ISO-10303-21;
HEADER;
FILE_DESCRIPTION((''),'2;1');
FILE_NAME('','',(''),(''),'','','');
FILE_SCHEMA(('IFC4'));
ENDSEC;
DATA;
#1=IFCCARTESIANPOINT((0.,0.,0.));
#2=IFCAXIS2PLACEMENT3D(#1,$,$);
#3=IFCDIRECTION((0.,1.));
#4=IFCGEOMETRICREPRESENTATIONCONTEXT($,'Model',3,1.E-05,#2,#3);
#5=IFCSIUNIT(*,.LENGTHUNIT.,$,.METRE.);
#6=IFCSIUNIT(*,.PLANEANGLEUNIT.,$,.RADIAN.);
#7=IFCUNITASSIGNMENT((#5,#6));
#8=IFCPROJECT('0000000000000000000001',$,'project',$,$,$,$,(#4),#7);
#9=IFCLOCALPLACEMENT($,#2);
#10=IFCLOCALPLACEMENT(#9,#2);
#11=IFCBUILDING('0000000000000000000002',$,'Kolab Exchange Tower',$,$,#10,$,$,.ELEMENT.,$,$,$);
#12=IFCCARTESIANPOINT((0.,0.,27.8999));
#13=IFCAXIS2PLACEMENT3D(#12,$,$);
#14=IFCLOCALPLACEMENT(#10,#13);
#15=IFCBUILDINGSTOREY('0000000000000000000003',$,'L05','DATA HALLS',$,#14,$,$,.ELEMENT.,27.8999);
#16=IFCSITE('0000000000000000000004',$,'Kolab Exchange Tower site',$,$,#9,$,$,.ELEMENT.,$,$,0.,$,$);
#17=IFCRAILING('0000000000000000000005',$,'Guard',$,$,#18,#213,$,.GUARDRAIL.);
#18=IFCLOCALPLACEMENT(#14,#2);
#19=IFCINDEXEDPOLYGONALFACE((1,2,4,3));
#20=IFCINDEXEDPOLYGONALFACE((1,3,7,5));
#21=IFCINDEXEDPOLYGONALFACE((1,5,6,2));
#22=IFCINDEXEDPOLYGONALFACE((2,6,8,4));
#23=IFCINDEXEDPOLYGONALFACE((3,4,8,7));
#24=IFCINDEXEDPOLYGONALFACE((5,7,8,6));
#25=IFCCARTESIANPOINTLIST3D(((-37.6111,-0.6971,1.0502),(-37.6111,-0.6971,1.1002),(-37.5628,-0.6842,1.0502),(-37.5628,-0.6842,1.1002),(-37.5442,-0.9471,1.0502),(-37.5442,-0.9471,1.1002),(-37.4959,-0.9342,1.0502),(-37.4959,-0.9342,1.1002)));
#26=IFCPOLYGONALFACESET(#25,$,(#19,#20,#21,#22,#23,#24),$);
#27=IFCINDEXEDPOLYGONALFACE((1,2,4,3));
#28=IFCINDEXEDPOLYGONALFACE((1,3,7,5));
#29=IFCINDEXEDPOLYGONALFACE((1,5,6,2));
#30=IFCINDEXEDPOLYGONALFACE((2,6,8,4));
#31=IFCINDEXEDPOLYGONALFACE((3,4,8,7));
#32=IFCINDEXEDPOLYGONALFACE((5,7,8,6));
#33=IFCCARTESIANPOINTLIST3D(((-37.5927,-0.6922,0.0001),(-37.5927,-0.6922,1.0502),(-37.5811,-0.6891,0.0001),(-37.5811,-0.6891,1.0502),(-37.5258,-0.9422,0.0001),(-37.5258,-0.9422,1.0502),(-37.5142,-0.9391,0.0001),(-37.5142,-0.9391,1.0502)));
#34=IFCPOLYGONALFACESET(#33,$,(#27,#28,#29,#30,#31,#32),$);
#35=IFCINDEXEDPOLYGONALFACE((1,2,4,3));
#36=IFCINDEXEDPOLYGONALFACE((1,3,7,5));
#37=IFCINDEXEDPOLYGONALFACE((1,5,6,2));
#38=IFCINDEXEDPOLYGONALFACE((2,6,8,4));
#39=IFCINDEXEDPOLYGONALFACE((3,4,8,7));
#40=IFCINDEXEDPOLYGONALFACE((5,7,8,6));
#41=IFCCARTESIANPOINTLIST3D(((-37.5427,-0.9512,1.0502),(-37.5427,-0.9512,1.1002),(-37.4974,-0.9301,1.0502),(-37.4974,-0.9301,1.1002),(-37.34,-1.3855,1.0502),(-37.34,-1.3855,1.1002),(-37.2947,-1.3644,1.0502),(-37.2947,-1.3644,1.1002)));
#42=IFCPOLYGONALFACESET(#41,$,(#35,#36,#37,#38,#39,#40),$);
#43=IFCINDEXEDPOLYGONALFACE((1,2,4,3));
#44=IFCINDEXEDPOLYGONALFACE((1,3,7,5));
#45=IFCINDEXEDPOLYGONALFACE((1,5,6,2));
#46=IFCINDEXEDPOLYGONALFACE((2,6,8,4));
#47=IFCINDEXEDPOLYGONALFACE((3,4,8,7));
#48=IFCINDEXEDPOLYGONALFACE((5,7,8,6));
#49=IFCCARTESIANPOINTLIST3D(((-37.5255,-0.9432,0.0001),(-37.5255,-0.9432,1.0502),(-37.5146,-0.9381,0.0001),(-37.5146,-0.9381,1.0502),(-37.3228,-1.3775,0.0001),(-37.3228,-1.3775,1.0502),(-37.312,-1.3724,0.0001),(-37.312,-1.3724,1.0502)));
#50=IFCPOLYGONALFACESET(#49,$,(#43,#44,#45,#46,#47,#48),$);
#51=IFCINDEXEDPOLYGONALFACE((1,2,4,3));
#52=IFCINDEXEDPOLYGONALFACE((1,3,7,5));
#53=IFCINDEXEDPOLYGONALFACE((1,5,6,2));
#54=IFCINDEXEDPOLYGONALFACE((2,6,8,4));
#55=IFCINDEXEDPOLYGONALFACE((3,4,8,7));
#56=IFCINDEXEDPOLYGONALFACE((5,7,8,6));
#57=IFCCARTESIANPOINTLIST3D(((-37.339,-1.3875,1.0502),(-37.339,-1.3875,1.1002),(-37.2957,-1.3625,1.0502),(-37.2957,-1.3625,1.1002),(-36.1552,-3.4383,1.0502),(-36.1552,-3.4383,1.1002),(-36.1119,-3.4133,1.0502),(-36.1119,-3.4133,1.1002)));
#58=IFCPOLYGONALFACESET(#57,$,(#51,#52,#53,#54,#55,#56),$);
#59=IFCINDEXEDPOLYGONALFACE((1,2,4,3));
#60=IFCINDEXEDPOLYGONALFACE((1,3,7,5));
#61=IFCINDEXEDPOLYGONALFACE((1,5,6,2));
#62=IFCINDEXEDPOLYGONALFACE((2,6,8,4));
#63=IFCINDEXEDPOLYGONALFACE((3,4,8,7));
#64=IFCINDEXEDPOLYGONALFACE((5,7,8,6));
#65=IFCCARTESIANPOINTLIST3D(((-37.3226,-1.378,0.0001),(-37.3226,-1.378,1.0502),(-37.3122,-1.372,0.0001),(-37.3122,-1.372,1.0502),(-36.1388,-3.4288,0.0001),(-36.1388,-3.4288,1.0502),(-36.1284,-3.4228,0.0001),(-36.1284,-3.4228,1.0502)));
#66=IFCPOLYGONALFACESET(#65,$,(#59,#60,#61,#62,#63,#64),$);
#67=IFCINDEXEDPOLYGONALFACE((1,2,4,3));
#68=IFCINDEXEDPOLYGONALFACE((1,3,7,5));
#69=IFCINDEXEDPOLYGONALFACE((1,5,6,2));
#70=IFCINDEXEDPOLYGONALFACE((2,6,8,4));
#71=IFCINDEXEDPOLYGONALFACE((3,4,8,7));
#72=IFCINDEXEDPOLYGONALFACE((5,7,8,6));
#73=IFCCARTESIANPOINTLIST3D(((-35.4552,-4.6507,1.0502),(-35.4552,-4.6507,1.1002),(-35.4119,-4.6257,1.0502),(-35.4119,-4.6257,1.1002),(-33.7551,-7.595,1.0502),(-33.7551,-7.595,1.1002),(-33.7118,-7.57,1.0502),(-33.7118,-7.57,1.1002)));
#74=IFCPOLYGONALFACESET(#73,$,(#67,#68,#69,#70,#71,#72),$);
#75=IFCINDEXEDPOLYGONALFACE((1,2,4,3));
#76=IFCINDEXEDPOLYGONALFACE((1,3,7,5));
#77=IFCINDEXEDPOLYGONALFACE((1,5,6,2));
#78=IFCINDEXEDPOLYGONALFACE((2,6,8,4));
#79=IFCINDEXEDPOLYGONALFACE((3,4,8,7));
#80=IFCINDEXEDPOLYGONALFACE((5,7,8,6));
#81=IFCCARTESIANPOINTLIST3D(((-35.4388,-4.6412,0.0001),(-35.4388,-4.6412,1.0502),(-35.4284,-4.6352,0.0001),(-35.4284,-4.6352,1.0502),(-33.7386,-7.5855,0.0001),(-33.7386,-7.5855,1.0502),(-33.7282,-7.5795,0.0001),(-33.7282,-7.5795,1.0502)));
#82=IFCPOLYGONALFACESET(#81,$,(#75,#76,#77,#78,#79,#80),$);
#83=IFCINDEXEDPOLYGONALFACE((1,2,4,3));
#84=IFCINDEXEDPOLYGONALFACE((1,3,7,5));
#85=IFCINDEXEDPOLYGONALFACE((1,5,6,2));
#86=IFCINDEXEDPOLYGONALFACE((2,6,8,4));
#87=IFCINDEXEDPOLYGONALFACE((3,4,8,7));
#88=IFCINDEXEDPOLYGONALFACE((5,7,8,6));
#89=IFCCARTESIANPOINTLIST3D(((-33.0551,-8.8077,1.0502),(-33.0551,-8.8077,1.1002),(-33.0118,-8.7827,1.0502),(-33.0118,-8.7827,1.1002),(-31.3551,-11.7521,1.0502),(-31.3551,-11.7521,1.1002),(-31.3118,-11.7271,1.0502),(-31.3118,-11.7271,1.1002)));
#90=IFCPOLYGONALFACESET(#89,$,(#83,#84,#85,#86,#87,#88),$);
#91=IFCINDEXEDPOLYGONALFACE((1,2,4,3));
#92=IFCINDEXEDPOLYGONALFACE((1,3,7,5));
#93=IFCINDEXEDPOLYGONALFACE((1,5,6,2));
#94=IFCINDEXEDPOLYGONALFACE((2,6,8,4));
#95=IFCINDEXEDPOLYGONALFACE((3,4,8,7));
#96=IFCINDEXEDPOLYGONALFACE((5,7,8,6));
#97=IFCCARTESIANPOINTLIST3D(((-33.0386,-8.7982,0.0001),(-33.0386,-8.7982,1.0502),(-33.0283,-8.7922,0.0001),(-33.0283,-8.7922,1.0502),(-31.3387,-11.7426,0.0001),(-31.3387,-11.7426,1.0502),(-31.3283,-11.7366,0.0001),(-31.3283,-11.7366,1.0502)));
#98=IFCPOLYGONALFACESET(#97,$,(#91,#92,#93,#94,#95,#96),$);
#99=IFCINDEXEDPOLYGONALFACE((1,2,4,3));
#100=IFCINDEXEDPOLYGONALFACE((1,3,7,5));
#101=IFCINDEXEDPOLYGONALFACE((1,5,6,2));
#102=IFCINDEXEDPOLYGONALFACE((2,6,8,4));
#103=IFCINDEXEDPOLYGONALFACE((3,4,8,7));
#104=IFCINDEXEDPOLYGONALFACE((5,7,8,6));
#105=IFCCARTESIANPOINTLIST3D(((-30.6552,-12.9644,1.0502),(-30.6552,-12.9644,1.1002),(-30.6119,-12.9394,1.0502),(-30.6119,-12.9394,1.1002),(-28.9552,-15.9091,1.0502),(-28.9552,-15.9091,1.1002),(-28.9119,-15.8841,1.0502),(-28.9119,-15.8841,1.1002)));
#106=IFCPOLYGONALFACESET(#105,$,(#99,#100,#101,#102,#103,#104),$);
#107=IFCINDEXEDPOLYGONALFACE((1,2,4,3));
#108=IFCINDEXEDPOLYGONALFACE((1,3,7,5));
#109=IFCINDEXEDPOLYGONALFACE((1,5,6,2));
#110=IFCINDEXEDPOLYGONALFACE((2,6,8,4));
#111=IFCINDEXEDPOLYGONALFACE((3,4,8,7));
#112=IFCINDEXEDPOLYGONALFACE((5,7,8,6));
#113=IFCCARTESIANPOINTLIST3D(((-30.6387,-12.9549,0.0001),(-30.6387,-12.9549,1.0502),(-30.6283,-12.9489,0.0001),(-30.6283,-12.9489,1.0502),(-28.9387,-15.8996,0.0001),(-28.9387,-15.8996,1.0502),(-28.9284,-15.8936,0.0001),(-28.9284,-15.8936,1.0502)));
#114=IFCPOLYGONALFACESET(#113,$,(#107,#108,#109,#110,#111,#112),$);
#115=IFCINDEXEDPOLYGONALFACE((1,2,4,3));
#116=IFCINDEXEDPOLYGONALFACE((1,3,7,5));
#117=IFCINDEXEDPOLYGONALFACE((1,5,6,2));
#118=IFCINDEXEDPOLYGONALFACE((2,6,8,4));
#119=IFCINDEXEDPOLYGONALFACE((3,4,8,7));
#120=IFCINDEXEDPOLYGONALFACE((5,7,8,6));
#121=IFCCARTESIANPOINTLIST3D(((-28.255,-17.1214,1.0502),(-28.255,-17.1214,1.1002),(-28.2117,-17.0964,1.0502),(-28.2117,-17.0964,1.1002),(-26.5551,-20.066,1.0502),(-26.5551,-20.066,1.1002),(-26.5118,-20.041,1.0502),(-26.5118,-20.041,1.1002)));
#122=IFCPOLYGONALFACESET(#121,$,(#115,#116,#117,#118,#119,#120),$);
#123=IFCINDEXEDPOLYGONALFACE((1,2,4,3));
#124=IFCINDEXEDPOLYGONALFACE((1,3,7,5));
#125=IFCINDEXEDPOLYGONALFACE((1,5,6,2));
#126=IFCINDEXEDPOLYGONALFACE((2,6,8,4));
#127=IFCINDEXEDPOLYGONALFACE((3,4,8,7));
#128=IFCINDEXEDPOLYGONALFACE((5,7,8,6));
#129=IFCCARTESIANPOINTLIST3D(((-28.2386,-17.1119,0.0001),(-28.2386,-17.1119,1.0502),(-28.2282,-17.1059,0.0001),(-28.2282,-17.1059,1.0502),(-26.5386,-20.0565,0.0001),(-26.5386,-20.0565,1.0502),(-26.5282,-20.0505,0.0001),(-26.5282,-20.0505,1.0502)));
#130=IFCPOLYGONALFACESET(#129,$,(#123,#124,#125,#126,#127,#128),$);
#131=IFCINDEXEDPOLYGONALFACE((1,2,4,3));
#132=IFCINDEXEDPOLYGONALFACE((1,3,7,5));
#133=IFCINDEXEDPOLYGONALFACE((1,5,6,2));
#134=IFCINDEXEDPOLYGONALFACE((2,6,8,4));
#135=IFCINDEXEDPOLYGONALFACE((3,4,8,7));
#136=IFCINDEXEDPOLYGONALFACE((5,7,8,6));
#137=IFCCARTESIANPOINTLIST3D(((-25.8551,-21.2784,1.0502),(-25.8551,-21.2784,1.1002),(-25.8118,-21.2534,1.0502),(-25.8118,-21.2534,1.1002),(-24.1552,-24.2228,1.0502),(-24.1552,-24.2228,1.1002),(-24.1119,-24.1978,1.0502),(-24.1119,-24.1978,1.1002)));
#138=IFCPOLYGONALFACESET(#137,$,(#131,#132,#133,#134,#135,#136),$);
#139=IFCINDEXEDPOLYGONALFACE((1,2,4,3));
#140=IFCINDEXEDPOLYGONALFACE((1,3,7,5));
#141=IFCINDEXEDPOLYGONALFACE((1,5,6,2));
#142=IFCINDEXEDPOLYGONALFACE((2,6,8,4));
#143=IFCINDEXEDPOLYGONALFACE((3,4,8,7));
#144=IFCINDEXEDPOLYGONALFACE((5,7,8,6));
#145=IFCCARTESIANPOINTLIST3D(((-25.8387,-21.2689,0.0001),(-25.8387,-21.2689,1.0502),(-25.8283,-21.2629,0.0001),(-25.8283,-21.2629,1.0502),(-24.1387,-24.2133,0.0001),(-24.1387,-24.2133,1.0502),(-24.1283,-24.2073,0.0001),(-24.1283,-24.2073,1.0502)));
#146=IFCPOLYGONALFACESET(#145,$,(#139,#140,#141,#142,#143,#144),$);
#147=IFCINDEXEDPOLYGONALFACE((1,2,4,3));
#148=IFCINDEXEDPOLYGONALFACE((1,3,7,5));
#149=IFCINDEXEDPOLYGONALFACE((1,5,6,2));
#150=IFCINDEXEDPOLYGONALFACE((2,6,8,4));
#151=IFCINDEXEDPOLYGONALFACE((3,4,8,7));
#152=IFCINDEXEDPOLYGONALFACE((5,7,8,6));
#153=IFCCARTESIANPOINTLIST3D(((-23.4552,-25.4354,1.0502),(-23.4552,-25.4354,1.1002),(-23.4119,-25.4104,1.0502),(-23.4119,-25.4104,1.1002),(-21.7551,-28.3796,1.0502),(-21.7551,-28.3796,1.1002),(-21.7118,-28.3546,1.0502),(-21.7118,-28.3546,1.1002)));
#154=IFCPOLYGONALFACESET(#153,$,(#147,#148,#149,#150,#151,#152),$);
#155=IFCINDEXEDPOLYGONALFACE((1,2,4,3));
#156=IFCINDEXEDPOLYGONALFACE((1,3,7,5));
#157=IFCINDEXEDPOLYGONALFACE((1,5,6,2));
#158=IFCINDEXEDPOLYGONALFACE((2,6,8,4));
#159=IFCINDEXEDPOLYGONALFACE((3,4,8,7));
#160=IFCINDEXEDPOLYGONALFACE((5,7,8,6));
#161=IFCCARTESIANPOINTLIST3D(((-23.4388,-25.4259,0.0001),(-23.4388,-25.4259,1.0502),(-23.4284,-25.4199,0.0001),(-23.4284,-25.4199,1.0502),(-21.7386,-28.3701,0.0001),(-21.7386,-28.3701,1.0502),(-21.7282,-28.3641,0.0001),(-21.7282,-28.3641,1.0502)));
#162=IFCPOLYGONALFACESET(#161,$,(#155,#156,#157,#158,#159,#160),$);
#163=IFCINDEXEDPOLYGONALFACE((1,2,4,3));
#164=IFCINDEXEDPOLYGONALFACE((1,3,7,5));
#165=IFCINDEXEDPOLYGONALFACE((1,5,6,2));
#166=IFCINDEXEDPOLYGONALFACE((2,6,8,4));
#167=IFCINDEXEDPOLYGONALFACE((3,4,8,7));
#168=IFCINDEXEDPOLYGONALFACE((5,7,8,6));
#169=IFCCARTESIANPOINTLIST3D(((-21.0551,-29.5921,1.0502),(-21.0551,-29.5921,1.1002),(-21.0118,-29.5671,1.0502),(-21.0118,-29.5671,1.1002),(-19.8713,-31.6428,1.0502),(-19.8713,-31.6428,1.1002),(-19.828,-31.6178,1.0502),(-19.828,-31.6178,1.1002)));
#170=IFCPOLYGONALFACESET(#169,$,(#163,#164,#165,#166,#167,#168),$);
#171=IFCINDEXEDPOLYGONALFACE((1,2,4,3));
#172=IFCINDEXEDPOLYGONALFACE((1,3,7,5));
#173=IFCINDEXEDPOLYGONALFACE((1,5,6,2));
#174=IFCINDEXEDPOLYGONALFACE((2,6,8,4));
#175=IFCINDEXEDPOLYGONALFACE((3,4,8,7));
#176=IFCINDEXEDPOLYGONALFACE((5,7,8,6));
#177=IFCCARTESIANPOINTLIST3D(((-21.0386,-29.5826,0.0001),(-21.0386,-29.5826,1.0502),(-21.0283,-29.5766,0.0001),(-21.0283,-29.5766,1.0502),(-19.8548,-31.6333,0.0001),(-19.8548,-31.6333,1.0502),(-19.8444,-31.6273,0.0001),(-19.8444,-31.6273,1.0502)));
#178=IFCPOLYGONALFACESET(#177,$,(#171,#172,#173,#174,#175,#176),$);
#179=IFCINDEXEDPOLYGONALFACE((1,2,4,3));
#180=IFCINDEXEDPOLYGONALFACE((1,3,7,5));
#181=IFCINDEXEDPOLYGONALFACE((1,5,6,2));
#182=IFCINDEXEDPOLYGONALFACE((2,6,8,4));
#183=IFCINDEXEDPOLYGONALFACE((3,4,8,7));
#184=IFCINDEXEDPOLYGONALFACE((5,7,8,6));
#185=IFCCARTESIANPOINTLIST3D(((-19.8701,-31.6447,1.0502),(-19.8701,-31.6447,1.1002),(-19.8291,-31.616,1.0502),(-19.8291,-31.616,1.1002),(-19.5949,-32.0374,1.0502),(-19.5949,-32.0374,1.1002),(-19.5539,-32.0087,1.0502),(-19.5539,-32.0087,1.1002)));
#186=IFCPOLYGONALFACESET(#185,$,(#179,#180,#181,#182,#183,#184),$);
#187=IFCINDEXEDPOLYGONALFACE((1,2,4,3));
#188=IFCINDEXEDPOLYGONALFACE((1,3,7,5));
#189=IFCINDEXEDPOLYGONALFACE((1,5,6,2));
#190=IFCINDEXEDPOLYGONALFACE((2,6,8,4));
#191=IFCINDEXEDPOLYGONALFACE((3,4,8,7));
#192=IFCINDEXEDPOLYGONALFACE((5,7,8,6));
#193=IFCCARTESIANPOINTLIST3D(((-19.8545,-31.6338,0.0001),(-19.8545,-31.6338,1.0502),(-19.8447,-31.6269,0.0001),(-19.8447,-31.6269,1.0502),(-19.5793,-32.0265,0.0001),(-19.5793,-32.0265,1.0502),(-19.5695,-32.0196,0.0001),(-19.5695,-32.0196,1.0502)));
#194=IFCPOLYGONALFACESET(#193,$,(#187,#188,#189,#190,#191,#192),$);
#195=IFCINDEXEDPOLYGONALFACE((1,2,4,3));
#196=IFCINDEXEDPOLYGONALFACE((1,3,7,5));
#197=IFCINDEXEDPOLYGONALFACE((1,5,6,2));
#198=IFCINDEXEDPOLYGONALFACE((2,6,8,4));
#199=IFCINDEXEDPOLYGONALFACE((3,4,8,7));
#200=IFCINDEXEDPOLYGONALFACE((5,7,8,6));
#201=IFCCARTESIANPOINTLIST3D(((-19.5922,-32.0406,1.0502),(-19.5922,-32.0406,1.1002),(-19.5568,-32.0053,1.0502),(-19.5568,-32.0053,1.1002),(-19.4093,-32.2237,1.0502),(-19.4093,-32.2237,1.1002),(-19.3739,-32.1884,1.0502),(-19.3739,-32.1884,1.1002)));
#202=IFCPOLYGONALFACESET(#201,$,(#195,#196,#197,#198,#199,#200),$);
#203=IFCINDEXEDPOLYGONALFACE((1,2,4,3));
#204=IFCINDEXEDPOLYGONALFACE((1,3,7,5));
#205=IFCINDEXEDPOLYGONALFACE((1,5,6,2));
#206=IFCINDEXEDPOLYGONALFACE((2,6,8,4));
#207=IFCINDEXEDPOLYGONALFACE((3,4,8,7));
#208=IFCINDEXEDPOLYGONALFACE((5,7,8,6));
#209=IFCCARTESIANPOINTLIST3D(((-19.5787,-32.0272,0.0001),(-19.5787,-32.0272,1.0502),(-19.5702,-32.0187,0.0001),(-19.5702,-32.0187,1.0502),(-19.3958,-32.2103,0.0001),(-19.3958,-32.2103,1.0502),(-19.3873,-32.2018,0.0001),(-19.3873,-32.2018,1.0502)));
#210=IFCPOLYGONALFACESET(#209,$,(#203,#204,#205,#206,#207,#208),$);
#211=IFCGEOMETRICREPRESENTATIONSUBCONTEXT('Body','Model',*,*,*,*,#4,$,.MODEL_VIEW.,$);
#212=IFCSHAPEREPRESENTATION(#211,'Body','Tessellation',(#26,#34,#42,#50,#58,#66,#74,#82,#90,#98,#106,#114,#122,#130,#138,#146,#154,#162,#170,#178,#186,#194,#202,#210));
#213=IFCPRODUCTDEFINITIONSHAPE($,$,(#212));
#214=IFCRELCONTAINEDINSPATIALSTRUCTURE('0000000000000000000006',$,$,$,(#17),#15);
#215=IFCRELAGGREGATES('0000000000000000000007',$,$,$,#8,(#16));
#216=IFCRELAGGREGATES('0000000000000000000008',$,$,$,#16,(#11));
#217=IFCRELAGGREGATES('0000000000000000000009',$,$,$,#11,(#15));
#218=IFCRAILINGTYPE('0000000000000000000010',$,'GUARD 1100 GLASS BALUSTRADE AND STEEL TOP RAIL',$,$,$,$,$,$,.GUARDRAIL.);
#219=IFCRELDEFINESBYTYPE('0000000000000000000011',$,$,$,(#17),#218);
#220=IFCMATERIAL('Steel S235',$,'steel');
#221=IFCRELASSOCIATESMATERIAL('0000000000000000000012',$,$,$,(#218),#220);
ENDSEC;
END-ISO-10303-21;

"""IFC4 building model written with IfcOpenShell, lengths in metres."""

from ifc_helpers import new_model, si_unit, direction, frame, frame_2d, origin, origin_2d, place, context, subcontext, project, spatial, rectangle, extrude, material, type_object, element, save


model = new_model("IFC4")

# Units and contexts
model_context = context("Model", 3, precision=1e-05, world=origin(), true_north=direction((0.0, 1.0)))
body_context = subcontext(model_context, "Body", "Model", "MODEL_VIEW")
ifc_project = project(units=[si_unit("LENGTHUNIT", "METRE"), si_unit("PLANEANGLEUNIT", "RADIAN")], contexts=[model_context])

# Site, building, storey
site_placement = place(None, origin())
site = spatial("IfcSite", under=ifc_project, at=site_placement, Name="Kolab Exchange Tower site", CompositionType="ELEMENT", RefElevation=0.0)
building_placement = place(site_placement, origin())
building = spatial("IfcBuilding", under=site, at=building_placement, Name="Kolab Exchange Tower", CompositionType="ELEMENT")
storey_placement = place(building_placement, frame((0.0, 0.0, 27.8999)))
storey = spatial("IfcBuildingStorey", under=building, at=storey_placement, Name="L05", Description="DATA HALLS", CompositionType="ELEMENT", Elevation=27.8999)

# Railing
ifc_material_1 = material(Name="Steel S235", Category="steel")
railing_type = type_object("IfcRailingType", Name="GUARD 1100 GLASS BALUSTRADE AND STEEL TOP RAIL", PredefinedType="GUARDRAIL", material=ifc_material_1)
railing_placement = place(storey_placement, frame((-37.5869, -0.6907, 0.0)))
element("IfcRailing", 1, at=railing_placement, inside=storey, type_object=railing_type, Name="Guard", PredefinedType="GUARDRAIL", context=body_context, shape_type="SweptSolid", body=[
    extrude(rectangle(XDim=0.05, YDim=0.05, at=origin_2d()), frame((0.0, 0.0, 1.0752), z_axis=(0.258485, -0.966015, 0.0), x_axis=(0.966015, 0.258485, 0.0)), (0.0, 0.0, 1.0), 0.2588),
    extrude(rectangle(XDim=0.012, YDim=1.0501, at=frame_2d((0.0, 0.5251))), frame((0.0, 0.0, 0.0), z_axis=(0.258485, -0.966015, 0.0), x_axis=(0.966015, 0.258485, 0.0)), (0.0, 0.0, 1.0), 0.2588),
    extrude(rectangle(XDim=0.05, YDim=0.05, at=origin_2d()), frame((0.0669, -0.25, 1.0752), z_axis=(0.422802, -0.906222, 0.0), x_axis=(0.906222, 0.422802, 0.0)), (0.0, 0.0, 1.0), 0.4792),
    extrude(rectangle(XDim=0.012, YDim=1.0501, at=frame_2d((0.0, 0.5251))), frame((0.0669, -0.25, 0.0), z_axis=(0.422802, -0.906222, 0.0), x_axis=(0.906222, 0.422802, 0.0)), (0.0, 0.0, 1.0), 0.4792),
    extrude(rectangle(XDim=0.05, YDim=0.05, at=origin_2d()), frame((0.2695, -0.6843, 1.0752), z_axis=(0.499943, -0.866059, 0.0), x_axis=(0.866059, 0.499943, 0.0)), (0.0, 0.0, 1.0), 2.3679),
    extrude(rectangle(XDim=0.012, YDim=1.0501, at=frame_2d((0.0, 0.5251))), frame((0.2695, -0.6843, 0.0), z_axis=(0.499943, -0.866059, 0.0), x_axis=(0.866059, 0.499943, 0.0)), (0.0, 0.0, 1.0), 2.3679),
    extrude(rectangle(XDim=0.05, YDim=0.05, at=origin_2d()), frame((2.1533, -3.9475, 1.0752), z_axis=(0.500062, -0.865989, 0.0), x_axis=(0.865989, 0.500062, 0.0)), (0.0, 0.0, 1.0), 3.3999),
    extrude(rectangle(XDim=0.012, YDim=1.0501, at=frame_2d((0.0, 0.5251))), frame((2.1533, -3.9475, 0.0), z_axis=(0.500062, -0.865989, 0.0), x_axis=(0.865989, 0.500062, 0.0)), (0.0, 0.0, 1.0), 3.3999),
    extrude(rectangle(XDim=0.05, YDim=0.05, at=origin_2d()), frame((4.5535, -8.1045, 1.0752), z_axis=(0.500008, -0.866021, 0.0), x_axis=(0.866021, 0.500008, 0.0)), (0.0, 0.0, 1.0), 3.3999),
    extrude(rectangle(XDim=0.012, YDim=1.0501, at=frame_2d((0.0, 0.5251))), frame((4.5535, -8.1045, 0.0), z_axis=(0.500008, -0.866021, 0.0), x_axis=(0.866021, 0.500008, 0.0)), (0.0, 0.0, 1.0), 3.3999),
    extrude(rectangle(XDim=0.05, YDim=0.05, at=origin_2d()), frame((6.9534, -12.2612, 1.0752), z_axis=(0.499977, -0.866039, 0.0), x_axis=(0.866039, 0.499977, 0.0)), (0.0, 0.0, 1.0), 3.4001),
    extrude(rectangle(XDim=0.012, YDim=1.0501, at=frame_2d((0.0, 0.5251))), frame((6.9534, -12.2612, 0.0), z_axis=(0.499977, -0.866039, 0.0), x_axis=(0.866039, 0.499977, 0.0)), (0.0, 0.0, 1.0), 3.4001),
    extrude(rectangle(XDim=0.05, YDim=0.05, at=origin_2d()), frame((9.3535, -16.4182, 1.0752), z_axis=(0.499977, -0.866039, 0.0), x_axis=(0.866039, 0.499977, 0.0)), (0.0, 0.0, 1.0), 3.4001),
    extrude(rectangle(XDim=0.012, YDim=1.0501, at=frame_2d((0.0, 0.5251))), frame((9.3535, -16.4182, 0.0), z_axis=(0.499977, -0.866039, 0.0), x_axis=(0.866039, 0.499977, 0.0)), (0.0, 0.0, 1.0), 3.4001),
    extrude(rectangle(XDim=0.05, YDim=0.05, at=origin_2d()), frame((11.7534, -20.5752, 1.0752), z_axis=(0.500008, -0.866021, 0.0), x_axis=(0.866021, 0.500008, 0.0)), (0.0, 0.0, 1.0), 3.3999),
    extrude(rectangle(XDim=0.012, YDim=1.0501, at=frame_2d((0.0, 0.5251))), frame((11.7534, -20.5752, 0.0), z_axis=(0.500008, -0.866021, 0.0), x_axis=(0.866021, 0.500008, 0.0)), (0.0, 0.0, 1.0), 3.3999),
    extrude(rectangle(XDim=0.05, YDim=0.05, at=origin_2d()), frame((14.1533, -24.7322, 1.0752), z_axis=(0.500062, -0.865989, 0.0), x_axis=(0.865989, 0.500062, 0.0)), (0.0, 0.0, 1.0), 3.3999),
    extrude(rectangle(XDim=0.012, YDim=1.0501, at=frame_2d((0.0, 0.5251))), frame((14.1533, -24.7322, 0.0), z_axis=(0.500062, -0.865989, 0.0), x_axis=(0.865989, 0.500062, 0.0)), (0.0, 0.0, 1.0), 3.3999),
    extrude(rectangle(XDim=0.05, YDim=0.05, at=origin_2d()), frame((16.5535, -28.8889, 1.0752), z_axis=(0.499943, -0.866059, 0.0), x_axis=(0.866059, 0.499943, 0.0)), (0.0, 0.0, 1.0), 2.3679),
    extrude(rectangle(XDim=0.012, YDim=1.0501, at=frame_2d((0.0, 0.5251))), frame((16.5535, -28.8889, 0.0), z_axis=(0.499943, -0.866059, 0.0), x_axis=(0.866059, 0.499943, 0.0)), (0.0, 0.0, 1.0), 2.3679),
    extrude(rectangle(XDim=0.05, YDim=0.05, at=origin_2d()), frame((17.7373, -30.9397, 1.0752), z_axis=(0.573941, -0.818897, 0.0), x_axis=(0.818897, 0.573941, 0.0)), (0.0, 0.0, 1.0), 0.4795),
    extrude(rectangle(XDim=0.012, YDim=1.0501, at=frame_2d((0.0, 0.5251))), frame((17.7373, -30.9397, 0.0), z_axis=(0.573941, -0.818897, 0.0), x_axis=(0.818897, 0.573941, 0.0)), (0.0, 0.0, 1.0), 0.4795),
    extrude(rectangle(XDim=0.05, YDim=0.05, at=origin_2d()), frame((18.0125, -31.3323, 1.0752), z_axis=(0.706635, -0.707578, 0.0), x_axis=(0.707578, 0.706635, 0.0)), (0.0, 0.0, 1.0), 0.2588),
    extrude(rectangle(XDim=0.012, YDim=1.0501, at=frame_2d((0.0, 0.5251))), frame((18.0125, -31.3323, 0.0), z_axis=(0.706635, -0.707578, 0.0), x_axis=(0.707578, 0.706635, 0.0)), (0.0, 0.0, 1.0), 0.2588),
])

save(model, "model.ifc")
